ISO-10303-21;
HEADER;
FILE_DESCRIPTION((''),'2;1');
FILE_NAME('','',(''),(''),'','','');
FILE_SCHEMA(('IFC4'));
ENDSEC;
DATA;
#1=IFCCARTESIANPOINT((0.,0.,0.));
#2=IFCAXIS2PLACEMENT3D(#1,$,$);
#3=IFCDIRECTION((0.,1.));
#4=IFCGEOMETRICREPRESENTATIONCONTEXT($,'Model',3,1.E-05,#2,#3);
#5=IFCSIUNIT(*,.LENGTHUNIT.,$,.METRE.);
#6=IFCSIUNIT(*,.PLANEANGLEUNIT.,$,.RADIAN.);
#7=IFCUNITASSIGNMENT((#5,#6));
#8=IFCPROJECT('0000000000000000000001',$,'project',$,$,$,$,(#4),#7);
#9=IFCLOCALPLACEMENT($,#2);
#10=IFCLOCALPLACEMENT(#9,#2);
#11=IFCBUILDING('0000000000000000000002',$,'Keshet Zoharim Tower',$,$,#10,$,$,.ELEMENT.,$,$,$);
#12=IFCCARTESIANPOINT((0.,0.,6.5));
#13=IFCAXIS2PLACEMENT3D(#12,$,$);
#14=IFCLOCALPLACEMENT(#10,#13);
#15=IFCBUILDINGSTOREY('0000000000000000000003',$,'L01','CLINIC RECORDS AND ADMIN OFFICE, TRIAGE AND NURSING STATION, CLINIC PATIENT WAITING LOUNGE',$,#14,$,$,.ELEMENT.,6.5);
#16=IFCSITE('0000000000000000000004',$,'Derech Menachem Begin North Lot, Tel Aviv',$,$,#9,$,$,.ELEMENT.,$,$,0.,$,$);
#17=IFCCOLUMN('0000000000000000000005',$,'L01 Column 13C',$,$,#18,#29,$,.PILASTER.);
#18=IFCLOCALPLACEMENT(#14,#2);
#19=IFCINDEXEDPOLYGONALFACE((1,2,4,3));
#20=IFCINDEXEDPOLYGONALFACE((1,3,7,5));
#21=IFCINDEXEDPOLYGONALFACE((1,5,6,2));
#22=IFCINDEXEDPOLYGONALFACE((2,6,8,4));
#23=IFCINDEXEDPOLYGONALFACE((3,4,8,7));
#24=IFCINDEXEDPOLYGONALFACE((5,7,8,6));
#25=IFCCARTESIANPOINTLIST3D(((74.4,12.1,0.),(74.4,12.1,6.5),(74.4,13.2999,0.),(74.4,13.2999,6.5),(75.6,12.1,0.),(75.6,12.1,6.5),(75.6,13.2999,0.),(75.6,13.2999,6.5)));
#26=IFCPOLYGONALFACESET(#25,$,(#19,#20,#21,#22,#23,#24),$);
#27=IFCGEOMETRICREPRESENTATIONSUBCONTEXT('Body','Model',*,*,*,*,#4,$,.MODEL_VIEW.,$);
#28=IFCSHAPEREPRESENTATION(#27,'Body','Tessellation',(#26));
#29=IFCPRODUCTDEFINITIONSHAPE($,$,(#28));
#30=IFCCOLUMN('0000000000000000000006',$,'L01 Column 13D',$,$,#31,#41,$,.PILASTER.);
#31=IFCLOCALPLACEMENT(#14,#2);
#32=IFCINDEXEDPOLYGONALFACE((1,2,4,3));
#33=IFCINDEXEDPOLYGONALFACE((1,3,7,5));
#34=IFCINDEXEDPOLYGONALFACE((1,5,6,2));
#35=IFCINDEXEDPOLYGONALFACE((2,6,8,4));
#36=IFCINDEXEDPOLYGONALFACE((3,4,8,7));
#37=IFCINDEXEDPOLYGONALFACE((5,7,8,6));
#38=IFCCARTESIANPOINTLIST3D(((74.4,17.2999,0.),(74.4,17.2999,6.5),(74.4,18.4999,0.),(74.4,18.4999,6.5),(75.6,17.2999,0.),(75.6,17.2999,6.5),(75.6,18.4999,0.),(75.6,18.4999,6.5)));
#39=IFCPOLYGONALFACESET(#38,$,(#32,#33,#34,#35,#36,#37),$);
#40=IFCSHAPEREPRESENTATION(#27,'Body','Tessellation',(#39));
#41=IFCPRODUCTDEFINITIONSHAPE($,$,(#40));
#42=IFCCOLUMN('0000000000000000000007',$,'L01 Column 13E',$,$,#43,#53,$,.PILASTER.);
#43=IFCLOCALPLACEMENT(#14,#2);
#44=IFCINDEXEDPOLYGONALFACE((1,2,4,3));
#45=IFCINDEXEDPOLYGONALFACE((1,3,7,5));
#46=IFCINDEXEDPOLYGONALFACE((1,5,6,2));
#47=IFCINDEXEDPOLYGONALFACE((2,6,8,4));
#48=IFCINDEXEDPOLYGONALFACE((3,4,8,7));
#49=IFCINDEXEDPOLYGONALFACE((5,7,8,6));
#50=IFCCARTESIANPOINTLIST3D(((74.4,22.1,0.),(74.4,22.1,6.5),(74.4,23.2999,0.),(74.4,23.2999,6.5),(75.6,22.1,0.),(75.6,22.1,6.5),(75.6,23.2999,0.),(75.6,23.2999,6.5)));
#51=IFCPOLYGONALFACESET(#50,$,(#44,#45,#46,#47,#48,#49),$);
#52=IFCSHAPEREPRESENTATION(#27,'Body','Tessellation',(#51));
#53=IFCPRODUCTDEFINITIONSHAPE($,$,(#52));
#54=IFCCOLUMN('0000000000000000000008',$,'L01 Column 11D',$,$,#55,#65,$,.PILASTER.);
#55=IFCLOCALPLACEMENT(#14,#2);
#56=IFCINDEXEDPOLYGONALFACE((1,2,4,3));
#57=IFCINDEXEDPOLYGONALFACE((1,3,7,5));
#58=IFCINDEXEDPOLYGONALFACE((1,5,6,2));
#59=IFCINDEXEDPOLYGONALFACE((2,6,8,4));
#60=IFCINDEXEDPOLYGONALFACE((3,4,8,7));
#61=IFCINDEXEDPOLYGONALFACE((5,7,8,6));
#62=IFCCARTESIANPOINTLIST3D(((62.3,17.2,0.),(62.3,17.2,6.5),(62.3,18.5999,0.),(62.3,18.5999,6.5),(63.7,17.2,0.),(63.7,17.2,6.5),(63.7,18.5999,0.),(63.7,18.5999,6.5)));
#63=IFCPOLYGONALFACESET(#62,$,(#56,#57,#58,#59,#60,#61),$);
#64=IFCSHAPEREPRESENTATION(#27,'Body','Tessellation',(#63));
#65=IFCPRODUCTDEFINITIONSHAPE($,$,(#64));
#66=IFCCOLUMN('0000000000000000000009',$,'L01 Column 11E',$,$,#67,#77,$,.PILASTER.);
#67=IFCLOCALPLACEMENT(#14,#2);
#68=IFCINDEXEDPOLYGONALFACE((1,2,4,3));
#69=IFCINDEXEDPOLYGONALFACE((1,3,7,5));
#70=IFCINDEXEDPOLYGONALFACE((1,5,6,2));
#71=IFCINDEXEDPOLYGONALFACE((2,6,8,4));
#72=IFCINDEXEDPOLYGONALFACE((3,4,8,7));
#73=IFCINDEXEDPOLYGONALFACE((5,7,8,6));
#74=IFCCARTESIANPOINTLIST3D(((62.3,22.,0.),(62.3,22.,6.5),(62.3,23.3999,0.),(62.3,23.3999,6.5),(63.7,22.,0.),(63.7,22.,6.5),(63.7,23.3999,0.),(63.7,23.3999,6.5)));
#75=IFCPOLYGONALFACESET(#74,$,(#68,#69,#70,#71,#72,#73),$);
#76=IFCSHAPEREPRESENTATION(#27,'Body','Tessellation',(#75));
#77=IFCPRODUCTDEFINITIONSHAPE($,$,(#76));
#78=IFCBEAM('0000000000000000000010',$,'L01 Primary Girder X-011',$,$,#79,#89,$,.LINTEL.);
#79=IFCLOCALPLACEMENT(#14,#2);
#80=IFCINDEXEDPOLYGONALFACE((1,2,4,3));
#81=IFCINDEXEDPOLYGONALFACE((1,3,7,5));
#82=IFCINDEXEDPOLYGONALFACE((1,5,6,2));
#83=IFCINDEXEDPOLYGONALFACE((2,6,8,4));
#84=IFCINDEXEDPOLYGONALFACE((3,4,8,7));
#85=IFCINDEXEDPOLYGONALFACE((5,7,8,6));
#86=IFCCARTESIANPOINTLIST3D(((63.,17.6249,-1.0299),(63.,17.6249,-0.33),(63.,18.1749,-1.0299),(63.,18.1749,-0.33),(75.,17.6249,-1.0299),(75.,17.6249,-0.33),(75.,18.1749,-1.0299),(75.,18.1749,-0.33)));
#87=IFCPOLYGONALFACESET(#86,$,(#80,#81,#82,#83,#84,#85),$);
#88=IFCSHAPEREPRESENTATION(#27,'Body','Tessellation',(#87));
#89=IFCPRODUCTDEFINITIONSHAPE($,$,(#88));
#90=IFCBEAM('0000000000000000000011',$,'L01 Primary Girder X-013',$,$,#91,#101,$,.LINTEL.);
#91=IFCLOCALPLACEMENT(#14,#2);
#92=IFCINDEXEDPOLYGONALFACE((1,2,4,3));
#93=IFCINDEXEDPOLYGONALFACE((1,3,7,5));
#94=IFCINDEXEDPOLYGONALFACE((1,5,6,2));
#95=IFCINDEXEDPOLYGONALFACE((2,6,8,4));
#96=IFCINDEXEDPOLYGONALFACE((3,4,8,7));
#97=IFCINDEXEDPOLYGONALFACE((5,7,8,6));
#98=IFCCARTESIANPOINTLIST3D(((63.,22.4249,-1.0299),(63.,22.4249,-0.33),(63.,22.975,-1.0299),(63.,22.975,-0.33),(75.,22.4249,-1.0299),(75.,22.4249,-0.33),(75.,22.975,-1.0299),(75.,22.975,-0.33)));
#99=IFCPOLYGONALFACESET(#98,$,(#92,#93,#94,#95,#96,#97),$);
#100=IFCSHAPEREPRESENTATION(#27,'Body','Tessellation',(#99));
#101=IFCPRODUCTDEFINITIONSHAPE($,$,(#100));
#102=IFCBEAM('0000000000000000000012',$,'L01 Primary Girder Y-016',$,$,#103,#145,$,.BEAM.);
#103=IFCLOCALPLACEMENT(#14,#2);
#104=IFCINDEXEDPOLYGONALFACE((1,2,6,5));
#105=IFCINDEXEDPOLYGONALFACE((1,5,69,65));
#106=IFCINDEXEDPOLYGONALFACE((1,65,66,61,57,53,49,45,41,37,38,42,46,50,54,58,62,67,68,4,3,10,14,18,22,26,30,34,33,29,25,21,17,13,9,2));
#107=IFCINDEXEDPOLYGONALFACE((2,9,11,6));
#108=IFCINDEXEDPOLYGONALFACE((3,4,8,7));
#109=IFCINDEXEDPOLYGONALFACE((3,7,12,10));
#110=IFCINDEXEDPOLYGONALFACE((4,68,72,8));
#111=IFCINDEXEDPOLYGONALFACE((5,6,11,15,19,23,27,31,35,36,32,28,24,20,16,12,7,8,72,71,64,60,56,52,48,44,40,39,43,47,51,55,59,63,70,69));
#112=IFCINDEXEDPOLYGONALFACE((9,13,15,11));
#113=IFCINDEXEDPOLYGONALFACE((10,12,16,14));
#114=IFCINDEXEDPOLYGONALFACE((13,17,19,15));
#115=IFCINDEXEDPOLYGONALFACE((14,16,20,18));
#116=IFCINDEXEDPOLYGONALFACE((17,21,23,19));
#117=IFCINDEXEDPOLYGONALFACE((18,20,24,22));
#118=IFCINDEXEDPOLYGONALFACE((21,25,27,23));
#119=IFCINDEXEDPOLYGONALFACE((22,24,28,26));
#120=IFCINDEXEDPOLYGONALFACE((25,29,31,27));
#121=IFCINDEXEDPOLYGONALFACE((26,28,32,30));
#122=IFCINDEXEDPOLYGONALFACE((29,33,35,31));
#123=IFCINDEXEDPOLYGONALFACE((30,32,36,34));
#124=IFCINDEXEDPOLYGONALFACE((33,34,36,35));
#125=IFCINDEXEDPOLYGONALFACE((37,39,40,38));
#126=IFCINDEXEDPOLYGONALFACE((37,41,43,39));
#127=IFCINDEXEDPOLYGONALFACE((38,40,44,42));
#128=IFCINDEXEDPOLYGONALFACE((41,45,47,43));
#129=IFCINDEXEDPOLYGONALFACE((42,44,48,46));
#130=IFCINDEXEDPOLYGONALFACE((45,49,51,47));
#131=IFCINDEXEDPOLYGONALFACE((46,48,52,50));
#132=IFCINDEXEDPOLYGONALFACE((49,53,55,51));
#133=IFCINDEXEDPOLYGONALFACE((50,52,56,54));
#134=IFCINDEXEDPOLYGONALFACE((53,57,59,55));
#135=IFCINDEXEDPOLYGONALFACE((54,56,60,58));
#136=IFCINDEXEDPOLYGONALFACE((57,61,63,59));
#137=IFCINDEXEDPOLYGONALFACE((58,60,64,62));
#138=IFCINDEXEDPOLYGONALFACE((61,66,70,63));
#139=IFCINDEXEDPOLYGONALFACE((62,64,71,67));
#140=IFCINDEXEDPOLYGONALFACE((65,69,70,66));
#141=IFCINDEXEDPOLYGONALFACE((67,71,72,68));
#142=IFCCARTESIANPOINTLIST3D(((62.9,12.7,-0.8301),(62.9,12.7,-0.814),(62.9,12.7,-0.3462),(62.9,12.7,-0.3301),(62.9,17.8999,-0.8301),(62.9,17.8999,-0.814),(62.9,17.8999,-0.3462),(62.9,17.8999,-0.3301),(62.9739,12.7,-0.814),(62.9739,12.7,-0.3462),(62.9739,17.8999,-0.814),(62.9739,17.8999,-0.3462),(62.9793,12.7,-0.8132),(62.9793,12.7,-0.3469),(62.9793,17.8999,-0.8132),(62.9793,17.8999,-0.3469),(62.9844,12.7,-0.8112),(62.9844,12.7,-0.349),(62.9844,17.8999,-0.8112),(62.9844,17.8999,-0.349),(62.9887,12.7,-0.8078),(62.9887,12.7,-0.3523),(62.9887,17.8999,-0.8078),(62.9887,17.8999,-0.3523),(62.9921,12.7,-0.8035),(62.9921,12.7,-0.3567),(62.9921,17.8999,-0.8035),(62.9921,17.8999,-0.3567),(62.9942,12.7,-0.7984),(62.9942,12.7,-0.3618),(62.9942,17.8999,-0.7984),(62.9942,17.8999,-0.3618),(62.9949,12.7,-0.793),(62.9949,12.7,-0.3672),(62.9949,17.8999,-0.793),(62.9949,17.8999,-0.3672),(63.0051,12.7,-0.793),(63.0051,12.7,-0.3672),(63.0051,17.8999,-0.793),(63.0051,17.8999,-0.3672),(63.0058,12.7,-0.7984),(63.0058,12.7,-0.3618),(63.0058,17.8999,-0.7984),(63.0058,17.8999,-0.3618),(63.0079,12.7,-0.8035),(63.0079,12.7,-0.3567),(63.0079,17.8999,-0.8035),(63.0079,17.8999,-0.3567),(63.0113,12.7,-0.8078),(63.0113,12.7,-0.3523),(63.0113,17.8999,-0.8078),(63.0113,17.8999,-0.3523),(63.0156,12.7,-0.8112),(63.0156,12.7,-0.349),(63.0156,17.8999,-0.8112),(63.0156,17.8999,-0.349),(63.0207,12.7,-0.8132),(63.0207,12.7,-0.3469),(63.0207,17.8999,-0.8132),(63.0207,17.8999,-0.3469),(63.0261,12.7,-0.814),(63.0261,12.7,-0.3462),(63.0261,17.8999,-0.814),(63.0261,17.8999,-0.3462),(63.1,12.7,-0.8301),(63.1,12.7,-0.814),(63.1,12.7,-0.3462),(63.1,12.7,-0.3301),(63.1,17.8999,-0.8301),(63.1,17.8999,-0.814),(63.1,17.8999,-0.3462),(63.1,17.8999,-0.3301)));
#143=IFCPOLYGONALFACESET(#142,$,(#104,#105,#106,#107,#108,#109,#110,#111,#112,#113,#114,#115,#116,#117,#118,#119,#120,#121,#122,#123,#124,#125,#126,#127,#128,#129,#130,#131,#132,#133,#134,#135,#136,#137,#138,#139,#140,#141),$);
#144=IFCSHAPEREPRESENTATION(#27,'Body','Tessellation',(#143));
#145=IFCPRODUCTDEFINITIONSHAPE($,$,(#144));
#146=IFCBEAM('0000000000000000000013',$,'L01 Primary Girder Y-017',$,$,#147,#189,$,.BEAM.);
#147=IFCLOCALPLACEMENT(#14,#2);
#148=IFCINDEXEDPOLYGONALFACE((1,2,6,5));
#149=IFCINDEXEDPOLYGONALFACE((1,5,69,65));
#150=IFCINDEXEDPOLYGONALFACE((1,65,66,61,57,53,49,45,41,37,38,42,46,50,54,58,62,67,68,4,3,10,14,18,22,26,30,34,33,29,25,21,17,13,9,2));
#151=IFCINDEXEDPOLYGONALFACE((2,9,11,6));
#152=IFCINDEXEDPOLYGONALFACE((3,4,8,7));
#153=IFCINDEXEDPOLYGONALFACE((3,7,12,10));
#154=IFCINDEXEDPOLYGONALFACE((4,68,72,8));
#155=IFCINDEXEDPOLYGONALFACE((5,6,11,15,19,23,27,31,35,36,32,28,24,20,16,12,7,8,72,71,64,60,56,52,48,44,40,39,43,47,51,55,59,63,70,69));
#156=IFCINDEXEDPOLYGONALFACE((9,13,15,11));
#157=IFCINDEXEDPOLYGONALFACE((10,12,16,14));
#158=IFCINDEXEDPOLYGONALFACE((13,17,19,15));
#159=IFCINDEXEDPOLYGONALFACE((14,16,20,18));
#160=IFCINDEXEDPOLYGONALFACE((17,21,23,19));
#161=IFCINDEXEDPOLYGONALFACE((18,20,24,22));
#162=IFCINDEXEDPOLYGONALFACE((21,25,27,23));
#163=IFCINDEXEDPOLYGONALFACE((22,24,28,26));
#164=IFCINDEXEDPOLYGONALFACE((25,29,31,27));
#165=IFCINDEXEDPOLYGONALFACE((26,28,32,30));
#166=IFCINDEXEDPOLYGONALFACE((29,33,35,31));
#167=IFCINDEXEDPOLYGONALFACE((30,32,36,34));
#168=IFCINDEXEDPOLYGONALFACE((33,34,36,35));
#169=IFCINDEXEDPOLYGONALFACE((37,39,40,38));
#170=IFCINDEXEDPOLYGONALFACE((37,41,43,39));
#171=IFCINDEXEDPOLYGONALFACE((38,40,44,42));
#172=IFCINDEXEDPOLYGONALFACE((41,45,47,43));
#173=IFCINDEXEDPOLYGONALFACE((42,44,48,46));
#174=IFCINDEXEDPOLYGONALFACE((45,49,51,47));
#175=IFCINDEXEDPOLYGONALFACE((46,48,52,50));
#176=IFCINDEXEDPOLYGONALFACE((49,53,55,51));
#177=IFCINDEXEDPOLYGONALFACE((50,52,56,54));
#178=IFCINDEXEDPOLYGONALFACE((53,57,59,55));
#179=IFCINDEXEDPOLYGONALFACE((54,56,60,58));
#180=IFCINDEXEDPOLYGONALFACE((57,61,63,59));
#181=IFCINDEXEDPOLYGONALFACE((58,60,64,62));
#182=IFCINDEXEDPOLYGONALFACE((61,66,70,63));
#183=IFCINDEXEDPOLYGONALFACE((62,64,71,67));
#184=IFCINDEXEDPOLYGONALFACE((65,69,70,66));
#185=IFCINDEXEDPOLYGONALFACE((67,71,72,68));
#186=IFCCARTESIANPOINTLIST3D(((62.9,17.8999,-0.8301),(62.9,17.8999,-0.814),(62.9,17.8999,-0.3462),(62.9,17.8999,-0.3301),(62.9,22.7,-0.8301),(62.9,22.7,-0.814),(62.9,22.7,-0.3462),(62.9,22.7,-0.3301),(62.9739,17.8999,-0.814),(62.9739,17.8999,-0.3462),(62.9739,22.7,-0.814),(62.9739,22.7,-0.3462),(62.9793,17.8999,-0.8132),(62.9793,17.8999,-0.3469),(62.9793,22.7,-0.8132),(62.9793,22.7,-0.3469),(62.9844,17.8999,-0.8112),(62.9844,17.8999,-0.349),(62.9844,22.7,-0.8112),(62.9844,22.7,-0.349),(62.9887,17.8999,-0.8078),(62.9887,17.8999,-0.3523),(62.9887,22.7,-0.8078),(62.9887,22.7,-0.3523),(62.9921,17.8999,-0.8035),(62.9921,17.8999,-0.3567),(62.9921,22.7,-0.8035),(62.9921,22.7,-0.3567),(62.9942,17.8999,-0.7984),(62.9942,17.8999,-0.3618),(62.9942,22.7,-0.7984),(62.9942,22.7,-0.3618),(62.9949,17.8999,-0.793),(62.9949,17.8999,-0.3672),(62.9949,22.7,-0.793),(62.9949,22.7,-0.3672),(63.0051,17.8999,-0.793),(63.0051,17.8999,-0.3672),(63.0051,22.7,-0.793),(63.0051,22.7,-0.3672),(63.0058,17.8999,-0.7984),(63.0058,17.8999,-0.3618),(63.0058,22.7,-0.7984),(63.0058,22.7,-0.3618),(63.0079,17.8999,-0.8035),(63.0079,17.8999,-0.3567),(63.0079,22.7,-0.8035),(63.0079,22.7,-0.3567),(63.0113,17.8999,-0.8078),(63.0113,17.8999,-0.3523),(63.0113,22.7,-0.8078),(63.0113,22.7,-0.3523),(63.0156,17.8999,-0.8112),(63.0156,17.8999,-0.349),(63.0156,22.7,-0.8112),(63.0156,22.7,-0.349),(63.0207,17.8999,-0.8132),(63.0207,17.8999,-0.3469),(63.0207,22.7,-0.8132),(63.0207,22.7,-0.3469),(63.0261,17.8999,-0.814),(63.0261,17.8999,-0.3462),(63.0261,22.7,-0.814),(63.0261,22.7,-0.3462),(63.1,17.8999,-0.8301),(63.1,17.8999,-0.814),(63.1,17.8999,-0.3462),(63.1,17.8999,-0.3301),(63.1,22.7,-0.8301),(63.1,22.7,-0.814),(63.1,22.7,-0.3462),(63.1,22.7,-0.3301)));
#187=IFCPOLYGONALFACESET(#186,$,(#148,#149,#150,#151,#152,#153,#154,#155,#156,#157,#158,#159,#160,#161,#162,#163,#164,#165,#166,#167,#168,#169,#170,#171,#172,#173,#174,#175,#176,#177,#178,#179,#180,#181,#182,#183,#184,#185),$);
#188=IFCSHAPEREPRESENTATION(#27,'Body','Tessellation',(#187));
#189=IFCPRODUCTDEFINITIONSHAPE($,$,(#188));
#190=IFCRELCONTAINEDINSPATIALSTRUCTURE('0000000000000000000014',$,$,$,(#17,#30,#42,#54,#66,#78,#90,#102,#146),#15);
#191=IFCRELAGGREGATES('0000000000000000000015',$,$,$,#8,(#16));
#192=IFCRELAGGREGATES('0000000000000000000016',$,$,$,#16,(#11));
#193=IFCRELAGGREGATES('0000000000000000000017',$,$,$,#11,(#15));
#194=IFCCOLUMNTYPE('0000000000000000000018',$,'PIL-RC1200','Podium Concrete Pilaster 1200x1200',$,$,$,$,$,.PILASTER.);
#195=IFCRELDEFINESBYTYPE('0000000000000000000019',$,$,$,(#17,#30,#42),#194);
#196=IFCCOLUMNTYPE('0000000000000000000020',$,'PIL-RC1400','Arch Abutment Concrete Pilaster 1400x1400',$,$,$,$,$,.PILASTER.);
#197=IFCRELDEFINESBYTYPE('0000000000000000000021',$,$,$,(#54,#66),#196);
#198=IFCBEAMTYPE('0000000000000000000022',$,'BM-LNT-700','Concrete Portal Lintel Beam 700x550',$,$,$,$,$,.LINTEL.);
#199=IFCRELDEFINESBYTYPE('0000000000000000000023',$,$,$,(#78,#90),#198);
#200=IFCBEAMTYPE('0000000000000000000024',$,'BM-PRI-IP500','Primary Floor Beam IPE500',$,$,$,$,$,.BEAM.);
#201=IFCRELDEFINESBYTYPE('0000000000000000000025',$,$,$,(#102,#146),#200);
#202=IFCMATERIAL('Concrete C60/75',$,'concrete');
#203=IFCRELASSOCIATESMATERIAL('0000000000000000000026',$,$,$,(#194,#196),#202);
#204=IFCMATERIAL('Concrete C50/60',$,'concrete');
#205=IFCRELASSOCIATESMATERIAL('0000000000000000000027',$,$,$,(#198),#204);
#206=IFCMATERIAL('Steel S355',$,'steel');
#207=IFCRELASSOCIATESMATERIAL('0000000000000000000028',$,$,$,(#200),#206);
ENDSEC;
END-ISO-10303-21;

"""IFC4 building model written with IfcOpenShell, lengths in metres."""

from ifc_helpers import new_model, si_unit, direction, frame, origin, origin_2d, place, context, subcontext, project, spatial, rectangle, i_section, extrude, material, material_profile, profile_set, type_object, element, save


model = new_model("IFC4")

# Units and contexts
model_context = context("Model", 3, precision=1e-05, world=origin(), true_north=direction((0.0, 1.0)))
body_context = subcontext(model_context, "Body", "Model", "MODEL_VIEW")
ifc_project = project(units=[si_unit("LENGTHUNIT", "METRE"), si_unit("PLANEANGLEUNIT", "RADIAN")], contexts=[model_context])

# Site, building, storey
site_placement = place(None, origin())
site = spatial("IfcSite", under=ifc_project, at=site_placement, Name="Derech Menachem Begin North Lot, Tel Aviv", CompositionType="ELEMENT", RefElevation=0.0)
building_placement = place(site_placement, origin())
building = spatial("IfcBuilding", under=site, at=building_placement, Name="Keshet Zoharim Tower", CompositionType="ELEMENT")
storey_placement = place(building_placement, frame((0.0, 0.0, 6.5)))
storey = spatial("IfcBuildingStorey", under=building, at=storey_placement, Name="L01", Description="CLINIC RECORDS AND ADMIN OFFICE, TRIAGE AND NURSING STATION, CLINIC PATIENT WAITING LOUNGE", CompositionType="ELEMENT", Elevation=6.5)

# Columns
ifc_material_1 = material(Name="Concrete C60/75", Category="concrete")
ifc_material_profile_1 = material_profile(ifc_material_1, rectangle(XDim=1.2, YDim=1.2, at=origin_2d()), Name="RC1200x1200")
ifc_profile_set_1 = profile_set([ifc_material_profile_1], Name="Concrete C60/75")
column_type_1 = type_object("IfcColumnType", Name="PIL-RC1200", Description="Podium Concrete Pilaster 1200x1200", PredefinedType="PILASTER", material=ifc_profile_set_1)
for number, where, z_axis, x_axis, name in (
    (1, (75.0, 12.7, 0.0), (0.0, 0.0, 1.0), (1.0, 0.0, 0.0), "L01 Column 13C"),
    (2, (75.0, 17.8999, 0.0), (0.0, 0.0, 1.0), (1.0, 0.0, 0.0), "L01 Column 13D"),
    (3, (75.0, 22.7, 0.0), (0.0, 0.0, 1.0), (1.0, 0.0, 0.0), "L01 Column 13E"),
):
    element("IfcColumn", number, at=place(storey_placement, frame(where, z_axis=z_axis, x_axis=x_axis)), inside=storey, type_object=column_type_1, Name=name, PredefinedType="PILASTER", context=body_context, shape_type="SweptSolid", body=[
        extrude(rectangle(XDim=1.2, YDim=1.2, at=origin_2d()), origin(), (0.0, 0.0, 1.0), 6.5),
    ])
ifc_material_profile_2 = material_profile(ifc_material_1, rectangle(XDim=1.3999, YDim=1.3999, at=origin_2d()), Name="RC1400x1400")
ifc_profile_set_2 = profile_set([ifc_material_profile_2], Name="Concrete C60/75")
column_type_2 = type_object("IfcColumnType", Name="PIL-RC1400", Description="Arch Abutment Concrete Pilaster 1400x1400", PredefinedType="PILASTER", material=ifc_profile_set_2)
for number, where, z_axis, x_axis, name in (
    (4, (63.0, 17.8999, 0.0), (0.0, 0.0, 1.0), (1.0, 0.0, 0.0), "L01 Column 11D"),
    (5, (63.0, 22.7, 0.0), (0.0, 0.0, 1.0), (1.0, 0.0, 0.0), "L01 Column 11E"),
):
    element("IfcColumn", number, at=place(storey_placement, frame(where, z_axis=z_axis, x_axis=x_axis)), inside=storey, type_object=column_type_2, Name=name, PredefinedType="PILASTER", context=body_context, shape_type="SweptSolid", body=[
        extrude(rectangle(XDim=1.3999, YDim=1.3999, at=origin_2d()), origin(), (0.0, 0.0, 1.0), 6.5),
    ])

# Beams
ifc_material_2 = material(Name="Concrete C50/60", Category="concrete")
ifc_material_profile_3 = material_profile(ifc_material_2, rectangle(XDim=0.55, YDim=0.7, at=origin_2d()), Name="RC700x550")
ifc_profile_set_3 = profile_set([ifc_material_profile_3], Name="Concrete C50/60")
beam_type_1 = type_object("IfcBeamType", Name="BM-LNT-700", Description="Concrete Portal Lintel Beam 700x550", PredefinedType="LINTEL", material=ifc_profile_set_3)
for number, where, z_axis, x_axis, name in (
    (6, (63.0, 17.8999, -0.6799), (1.0, 0.0, 0.0), (0.0, 1.0, 0.0), "L01 Primary Girder X-011"),
    (7, (63.0, 22.7, -0.6799), (1.0, 0.0, 0.0), (0.0, 1.0, 0.0), "L01 Primary Girder X-013"),
):
    element("IfcBeam", number, at=place(storey_placement, frame(where, z_axis=z_axis, x_axis=x_axis)), inside=storey, type_object=beam_type_1, Name=name, PredefinedType="LINTEL", context=body_context, shape_type="SweptSolid", body=[
        extrude(rectangle(XDim=0.55, YDim=0.7, at=origin_2d()), origin(), (0.0, 0.0, 1.0), 12.0),
    ])
ifc_material_3 = material(Name="Steel S355", Category="steel")
ifc_material_profile_4 = material_profile(ifc_material_3, i_section(OverallWidth=0.2, OverallDepth=0.5, WebThickness=0.0103, FlangeThickness=0.0161, FilletRadius=0.021, at=origin_2d()), Name="IPE500")
ifc_profile_set_4 = profile_set([ifc_material_profile_4], Name="Steel S355")
beam_type_2 = type_object("IfcBeamType", Name="BM-PRI-IP500", Description="Primary Floor Beam IPE500", PredefinedType="BEAM", material=ifc_profile_set_4)
beam_1_placement = place(storey_placement, frame((63.0, 12.7, -0.5801), z_axis=(0.0, 1.0, 0.0), x_axis=(-1.0, 0.0, 0.0)))
element("IfcBeam", 8, at=beam_1_placement, inside=storey, type_object=beam_type_2, Name="L01 Primary Girder Y-016", PredefinedType="BEAM", context=body_context, shape_type="SweptSolid", body=[
    extrude(i_section(OverallWidth=0.2, OverallDepth=0.5, WebThickness=0.0103, FlangeThickness=0.0161, FilletRadius=0.021, at=origin_2d()), origin(), (0.0, 0.0, 1.0), 5.2),
])
beam_2_placement = place(storey_placement, frame((63.0, 17.8999, -0.5801), z_axis=(0.0, 1.0, 0.0), x_axis=(-1.0, 0.0, 0.0)))
element("IfcBeam", 9, at=beam_2_placement, inside=storey, type_object=beam_type_2, Name="L01 Primary Girder Y-017", PredefinedType="BEAM", context=body_context, shape_type="SweptSolid", body=[
    extrude(i_section(OverallWidth=0.2, OverallDepth=0.5, WebThickness=0.0103, FlangeThickness=0.0161, FilletRadius=0.021, at=origin_2d()), origin(), (0.0, 0.0, 1.0), 4.8),
])

save(model, "model.ifc")
